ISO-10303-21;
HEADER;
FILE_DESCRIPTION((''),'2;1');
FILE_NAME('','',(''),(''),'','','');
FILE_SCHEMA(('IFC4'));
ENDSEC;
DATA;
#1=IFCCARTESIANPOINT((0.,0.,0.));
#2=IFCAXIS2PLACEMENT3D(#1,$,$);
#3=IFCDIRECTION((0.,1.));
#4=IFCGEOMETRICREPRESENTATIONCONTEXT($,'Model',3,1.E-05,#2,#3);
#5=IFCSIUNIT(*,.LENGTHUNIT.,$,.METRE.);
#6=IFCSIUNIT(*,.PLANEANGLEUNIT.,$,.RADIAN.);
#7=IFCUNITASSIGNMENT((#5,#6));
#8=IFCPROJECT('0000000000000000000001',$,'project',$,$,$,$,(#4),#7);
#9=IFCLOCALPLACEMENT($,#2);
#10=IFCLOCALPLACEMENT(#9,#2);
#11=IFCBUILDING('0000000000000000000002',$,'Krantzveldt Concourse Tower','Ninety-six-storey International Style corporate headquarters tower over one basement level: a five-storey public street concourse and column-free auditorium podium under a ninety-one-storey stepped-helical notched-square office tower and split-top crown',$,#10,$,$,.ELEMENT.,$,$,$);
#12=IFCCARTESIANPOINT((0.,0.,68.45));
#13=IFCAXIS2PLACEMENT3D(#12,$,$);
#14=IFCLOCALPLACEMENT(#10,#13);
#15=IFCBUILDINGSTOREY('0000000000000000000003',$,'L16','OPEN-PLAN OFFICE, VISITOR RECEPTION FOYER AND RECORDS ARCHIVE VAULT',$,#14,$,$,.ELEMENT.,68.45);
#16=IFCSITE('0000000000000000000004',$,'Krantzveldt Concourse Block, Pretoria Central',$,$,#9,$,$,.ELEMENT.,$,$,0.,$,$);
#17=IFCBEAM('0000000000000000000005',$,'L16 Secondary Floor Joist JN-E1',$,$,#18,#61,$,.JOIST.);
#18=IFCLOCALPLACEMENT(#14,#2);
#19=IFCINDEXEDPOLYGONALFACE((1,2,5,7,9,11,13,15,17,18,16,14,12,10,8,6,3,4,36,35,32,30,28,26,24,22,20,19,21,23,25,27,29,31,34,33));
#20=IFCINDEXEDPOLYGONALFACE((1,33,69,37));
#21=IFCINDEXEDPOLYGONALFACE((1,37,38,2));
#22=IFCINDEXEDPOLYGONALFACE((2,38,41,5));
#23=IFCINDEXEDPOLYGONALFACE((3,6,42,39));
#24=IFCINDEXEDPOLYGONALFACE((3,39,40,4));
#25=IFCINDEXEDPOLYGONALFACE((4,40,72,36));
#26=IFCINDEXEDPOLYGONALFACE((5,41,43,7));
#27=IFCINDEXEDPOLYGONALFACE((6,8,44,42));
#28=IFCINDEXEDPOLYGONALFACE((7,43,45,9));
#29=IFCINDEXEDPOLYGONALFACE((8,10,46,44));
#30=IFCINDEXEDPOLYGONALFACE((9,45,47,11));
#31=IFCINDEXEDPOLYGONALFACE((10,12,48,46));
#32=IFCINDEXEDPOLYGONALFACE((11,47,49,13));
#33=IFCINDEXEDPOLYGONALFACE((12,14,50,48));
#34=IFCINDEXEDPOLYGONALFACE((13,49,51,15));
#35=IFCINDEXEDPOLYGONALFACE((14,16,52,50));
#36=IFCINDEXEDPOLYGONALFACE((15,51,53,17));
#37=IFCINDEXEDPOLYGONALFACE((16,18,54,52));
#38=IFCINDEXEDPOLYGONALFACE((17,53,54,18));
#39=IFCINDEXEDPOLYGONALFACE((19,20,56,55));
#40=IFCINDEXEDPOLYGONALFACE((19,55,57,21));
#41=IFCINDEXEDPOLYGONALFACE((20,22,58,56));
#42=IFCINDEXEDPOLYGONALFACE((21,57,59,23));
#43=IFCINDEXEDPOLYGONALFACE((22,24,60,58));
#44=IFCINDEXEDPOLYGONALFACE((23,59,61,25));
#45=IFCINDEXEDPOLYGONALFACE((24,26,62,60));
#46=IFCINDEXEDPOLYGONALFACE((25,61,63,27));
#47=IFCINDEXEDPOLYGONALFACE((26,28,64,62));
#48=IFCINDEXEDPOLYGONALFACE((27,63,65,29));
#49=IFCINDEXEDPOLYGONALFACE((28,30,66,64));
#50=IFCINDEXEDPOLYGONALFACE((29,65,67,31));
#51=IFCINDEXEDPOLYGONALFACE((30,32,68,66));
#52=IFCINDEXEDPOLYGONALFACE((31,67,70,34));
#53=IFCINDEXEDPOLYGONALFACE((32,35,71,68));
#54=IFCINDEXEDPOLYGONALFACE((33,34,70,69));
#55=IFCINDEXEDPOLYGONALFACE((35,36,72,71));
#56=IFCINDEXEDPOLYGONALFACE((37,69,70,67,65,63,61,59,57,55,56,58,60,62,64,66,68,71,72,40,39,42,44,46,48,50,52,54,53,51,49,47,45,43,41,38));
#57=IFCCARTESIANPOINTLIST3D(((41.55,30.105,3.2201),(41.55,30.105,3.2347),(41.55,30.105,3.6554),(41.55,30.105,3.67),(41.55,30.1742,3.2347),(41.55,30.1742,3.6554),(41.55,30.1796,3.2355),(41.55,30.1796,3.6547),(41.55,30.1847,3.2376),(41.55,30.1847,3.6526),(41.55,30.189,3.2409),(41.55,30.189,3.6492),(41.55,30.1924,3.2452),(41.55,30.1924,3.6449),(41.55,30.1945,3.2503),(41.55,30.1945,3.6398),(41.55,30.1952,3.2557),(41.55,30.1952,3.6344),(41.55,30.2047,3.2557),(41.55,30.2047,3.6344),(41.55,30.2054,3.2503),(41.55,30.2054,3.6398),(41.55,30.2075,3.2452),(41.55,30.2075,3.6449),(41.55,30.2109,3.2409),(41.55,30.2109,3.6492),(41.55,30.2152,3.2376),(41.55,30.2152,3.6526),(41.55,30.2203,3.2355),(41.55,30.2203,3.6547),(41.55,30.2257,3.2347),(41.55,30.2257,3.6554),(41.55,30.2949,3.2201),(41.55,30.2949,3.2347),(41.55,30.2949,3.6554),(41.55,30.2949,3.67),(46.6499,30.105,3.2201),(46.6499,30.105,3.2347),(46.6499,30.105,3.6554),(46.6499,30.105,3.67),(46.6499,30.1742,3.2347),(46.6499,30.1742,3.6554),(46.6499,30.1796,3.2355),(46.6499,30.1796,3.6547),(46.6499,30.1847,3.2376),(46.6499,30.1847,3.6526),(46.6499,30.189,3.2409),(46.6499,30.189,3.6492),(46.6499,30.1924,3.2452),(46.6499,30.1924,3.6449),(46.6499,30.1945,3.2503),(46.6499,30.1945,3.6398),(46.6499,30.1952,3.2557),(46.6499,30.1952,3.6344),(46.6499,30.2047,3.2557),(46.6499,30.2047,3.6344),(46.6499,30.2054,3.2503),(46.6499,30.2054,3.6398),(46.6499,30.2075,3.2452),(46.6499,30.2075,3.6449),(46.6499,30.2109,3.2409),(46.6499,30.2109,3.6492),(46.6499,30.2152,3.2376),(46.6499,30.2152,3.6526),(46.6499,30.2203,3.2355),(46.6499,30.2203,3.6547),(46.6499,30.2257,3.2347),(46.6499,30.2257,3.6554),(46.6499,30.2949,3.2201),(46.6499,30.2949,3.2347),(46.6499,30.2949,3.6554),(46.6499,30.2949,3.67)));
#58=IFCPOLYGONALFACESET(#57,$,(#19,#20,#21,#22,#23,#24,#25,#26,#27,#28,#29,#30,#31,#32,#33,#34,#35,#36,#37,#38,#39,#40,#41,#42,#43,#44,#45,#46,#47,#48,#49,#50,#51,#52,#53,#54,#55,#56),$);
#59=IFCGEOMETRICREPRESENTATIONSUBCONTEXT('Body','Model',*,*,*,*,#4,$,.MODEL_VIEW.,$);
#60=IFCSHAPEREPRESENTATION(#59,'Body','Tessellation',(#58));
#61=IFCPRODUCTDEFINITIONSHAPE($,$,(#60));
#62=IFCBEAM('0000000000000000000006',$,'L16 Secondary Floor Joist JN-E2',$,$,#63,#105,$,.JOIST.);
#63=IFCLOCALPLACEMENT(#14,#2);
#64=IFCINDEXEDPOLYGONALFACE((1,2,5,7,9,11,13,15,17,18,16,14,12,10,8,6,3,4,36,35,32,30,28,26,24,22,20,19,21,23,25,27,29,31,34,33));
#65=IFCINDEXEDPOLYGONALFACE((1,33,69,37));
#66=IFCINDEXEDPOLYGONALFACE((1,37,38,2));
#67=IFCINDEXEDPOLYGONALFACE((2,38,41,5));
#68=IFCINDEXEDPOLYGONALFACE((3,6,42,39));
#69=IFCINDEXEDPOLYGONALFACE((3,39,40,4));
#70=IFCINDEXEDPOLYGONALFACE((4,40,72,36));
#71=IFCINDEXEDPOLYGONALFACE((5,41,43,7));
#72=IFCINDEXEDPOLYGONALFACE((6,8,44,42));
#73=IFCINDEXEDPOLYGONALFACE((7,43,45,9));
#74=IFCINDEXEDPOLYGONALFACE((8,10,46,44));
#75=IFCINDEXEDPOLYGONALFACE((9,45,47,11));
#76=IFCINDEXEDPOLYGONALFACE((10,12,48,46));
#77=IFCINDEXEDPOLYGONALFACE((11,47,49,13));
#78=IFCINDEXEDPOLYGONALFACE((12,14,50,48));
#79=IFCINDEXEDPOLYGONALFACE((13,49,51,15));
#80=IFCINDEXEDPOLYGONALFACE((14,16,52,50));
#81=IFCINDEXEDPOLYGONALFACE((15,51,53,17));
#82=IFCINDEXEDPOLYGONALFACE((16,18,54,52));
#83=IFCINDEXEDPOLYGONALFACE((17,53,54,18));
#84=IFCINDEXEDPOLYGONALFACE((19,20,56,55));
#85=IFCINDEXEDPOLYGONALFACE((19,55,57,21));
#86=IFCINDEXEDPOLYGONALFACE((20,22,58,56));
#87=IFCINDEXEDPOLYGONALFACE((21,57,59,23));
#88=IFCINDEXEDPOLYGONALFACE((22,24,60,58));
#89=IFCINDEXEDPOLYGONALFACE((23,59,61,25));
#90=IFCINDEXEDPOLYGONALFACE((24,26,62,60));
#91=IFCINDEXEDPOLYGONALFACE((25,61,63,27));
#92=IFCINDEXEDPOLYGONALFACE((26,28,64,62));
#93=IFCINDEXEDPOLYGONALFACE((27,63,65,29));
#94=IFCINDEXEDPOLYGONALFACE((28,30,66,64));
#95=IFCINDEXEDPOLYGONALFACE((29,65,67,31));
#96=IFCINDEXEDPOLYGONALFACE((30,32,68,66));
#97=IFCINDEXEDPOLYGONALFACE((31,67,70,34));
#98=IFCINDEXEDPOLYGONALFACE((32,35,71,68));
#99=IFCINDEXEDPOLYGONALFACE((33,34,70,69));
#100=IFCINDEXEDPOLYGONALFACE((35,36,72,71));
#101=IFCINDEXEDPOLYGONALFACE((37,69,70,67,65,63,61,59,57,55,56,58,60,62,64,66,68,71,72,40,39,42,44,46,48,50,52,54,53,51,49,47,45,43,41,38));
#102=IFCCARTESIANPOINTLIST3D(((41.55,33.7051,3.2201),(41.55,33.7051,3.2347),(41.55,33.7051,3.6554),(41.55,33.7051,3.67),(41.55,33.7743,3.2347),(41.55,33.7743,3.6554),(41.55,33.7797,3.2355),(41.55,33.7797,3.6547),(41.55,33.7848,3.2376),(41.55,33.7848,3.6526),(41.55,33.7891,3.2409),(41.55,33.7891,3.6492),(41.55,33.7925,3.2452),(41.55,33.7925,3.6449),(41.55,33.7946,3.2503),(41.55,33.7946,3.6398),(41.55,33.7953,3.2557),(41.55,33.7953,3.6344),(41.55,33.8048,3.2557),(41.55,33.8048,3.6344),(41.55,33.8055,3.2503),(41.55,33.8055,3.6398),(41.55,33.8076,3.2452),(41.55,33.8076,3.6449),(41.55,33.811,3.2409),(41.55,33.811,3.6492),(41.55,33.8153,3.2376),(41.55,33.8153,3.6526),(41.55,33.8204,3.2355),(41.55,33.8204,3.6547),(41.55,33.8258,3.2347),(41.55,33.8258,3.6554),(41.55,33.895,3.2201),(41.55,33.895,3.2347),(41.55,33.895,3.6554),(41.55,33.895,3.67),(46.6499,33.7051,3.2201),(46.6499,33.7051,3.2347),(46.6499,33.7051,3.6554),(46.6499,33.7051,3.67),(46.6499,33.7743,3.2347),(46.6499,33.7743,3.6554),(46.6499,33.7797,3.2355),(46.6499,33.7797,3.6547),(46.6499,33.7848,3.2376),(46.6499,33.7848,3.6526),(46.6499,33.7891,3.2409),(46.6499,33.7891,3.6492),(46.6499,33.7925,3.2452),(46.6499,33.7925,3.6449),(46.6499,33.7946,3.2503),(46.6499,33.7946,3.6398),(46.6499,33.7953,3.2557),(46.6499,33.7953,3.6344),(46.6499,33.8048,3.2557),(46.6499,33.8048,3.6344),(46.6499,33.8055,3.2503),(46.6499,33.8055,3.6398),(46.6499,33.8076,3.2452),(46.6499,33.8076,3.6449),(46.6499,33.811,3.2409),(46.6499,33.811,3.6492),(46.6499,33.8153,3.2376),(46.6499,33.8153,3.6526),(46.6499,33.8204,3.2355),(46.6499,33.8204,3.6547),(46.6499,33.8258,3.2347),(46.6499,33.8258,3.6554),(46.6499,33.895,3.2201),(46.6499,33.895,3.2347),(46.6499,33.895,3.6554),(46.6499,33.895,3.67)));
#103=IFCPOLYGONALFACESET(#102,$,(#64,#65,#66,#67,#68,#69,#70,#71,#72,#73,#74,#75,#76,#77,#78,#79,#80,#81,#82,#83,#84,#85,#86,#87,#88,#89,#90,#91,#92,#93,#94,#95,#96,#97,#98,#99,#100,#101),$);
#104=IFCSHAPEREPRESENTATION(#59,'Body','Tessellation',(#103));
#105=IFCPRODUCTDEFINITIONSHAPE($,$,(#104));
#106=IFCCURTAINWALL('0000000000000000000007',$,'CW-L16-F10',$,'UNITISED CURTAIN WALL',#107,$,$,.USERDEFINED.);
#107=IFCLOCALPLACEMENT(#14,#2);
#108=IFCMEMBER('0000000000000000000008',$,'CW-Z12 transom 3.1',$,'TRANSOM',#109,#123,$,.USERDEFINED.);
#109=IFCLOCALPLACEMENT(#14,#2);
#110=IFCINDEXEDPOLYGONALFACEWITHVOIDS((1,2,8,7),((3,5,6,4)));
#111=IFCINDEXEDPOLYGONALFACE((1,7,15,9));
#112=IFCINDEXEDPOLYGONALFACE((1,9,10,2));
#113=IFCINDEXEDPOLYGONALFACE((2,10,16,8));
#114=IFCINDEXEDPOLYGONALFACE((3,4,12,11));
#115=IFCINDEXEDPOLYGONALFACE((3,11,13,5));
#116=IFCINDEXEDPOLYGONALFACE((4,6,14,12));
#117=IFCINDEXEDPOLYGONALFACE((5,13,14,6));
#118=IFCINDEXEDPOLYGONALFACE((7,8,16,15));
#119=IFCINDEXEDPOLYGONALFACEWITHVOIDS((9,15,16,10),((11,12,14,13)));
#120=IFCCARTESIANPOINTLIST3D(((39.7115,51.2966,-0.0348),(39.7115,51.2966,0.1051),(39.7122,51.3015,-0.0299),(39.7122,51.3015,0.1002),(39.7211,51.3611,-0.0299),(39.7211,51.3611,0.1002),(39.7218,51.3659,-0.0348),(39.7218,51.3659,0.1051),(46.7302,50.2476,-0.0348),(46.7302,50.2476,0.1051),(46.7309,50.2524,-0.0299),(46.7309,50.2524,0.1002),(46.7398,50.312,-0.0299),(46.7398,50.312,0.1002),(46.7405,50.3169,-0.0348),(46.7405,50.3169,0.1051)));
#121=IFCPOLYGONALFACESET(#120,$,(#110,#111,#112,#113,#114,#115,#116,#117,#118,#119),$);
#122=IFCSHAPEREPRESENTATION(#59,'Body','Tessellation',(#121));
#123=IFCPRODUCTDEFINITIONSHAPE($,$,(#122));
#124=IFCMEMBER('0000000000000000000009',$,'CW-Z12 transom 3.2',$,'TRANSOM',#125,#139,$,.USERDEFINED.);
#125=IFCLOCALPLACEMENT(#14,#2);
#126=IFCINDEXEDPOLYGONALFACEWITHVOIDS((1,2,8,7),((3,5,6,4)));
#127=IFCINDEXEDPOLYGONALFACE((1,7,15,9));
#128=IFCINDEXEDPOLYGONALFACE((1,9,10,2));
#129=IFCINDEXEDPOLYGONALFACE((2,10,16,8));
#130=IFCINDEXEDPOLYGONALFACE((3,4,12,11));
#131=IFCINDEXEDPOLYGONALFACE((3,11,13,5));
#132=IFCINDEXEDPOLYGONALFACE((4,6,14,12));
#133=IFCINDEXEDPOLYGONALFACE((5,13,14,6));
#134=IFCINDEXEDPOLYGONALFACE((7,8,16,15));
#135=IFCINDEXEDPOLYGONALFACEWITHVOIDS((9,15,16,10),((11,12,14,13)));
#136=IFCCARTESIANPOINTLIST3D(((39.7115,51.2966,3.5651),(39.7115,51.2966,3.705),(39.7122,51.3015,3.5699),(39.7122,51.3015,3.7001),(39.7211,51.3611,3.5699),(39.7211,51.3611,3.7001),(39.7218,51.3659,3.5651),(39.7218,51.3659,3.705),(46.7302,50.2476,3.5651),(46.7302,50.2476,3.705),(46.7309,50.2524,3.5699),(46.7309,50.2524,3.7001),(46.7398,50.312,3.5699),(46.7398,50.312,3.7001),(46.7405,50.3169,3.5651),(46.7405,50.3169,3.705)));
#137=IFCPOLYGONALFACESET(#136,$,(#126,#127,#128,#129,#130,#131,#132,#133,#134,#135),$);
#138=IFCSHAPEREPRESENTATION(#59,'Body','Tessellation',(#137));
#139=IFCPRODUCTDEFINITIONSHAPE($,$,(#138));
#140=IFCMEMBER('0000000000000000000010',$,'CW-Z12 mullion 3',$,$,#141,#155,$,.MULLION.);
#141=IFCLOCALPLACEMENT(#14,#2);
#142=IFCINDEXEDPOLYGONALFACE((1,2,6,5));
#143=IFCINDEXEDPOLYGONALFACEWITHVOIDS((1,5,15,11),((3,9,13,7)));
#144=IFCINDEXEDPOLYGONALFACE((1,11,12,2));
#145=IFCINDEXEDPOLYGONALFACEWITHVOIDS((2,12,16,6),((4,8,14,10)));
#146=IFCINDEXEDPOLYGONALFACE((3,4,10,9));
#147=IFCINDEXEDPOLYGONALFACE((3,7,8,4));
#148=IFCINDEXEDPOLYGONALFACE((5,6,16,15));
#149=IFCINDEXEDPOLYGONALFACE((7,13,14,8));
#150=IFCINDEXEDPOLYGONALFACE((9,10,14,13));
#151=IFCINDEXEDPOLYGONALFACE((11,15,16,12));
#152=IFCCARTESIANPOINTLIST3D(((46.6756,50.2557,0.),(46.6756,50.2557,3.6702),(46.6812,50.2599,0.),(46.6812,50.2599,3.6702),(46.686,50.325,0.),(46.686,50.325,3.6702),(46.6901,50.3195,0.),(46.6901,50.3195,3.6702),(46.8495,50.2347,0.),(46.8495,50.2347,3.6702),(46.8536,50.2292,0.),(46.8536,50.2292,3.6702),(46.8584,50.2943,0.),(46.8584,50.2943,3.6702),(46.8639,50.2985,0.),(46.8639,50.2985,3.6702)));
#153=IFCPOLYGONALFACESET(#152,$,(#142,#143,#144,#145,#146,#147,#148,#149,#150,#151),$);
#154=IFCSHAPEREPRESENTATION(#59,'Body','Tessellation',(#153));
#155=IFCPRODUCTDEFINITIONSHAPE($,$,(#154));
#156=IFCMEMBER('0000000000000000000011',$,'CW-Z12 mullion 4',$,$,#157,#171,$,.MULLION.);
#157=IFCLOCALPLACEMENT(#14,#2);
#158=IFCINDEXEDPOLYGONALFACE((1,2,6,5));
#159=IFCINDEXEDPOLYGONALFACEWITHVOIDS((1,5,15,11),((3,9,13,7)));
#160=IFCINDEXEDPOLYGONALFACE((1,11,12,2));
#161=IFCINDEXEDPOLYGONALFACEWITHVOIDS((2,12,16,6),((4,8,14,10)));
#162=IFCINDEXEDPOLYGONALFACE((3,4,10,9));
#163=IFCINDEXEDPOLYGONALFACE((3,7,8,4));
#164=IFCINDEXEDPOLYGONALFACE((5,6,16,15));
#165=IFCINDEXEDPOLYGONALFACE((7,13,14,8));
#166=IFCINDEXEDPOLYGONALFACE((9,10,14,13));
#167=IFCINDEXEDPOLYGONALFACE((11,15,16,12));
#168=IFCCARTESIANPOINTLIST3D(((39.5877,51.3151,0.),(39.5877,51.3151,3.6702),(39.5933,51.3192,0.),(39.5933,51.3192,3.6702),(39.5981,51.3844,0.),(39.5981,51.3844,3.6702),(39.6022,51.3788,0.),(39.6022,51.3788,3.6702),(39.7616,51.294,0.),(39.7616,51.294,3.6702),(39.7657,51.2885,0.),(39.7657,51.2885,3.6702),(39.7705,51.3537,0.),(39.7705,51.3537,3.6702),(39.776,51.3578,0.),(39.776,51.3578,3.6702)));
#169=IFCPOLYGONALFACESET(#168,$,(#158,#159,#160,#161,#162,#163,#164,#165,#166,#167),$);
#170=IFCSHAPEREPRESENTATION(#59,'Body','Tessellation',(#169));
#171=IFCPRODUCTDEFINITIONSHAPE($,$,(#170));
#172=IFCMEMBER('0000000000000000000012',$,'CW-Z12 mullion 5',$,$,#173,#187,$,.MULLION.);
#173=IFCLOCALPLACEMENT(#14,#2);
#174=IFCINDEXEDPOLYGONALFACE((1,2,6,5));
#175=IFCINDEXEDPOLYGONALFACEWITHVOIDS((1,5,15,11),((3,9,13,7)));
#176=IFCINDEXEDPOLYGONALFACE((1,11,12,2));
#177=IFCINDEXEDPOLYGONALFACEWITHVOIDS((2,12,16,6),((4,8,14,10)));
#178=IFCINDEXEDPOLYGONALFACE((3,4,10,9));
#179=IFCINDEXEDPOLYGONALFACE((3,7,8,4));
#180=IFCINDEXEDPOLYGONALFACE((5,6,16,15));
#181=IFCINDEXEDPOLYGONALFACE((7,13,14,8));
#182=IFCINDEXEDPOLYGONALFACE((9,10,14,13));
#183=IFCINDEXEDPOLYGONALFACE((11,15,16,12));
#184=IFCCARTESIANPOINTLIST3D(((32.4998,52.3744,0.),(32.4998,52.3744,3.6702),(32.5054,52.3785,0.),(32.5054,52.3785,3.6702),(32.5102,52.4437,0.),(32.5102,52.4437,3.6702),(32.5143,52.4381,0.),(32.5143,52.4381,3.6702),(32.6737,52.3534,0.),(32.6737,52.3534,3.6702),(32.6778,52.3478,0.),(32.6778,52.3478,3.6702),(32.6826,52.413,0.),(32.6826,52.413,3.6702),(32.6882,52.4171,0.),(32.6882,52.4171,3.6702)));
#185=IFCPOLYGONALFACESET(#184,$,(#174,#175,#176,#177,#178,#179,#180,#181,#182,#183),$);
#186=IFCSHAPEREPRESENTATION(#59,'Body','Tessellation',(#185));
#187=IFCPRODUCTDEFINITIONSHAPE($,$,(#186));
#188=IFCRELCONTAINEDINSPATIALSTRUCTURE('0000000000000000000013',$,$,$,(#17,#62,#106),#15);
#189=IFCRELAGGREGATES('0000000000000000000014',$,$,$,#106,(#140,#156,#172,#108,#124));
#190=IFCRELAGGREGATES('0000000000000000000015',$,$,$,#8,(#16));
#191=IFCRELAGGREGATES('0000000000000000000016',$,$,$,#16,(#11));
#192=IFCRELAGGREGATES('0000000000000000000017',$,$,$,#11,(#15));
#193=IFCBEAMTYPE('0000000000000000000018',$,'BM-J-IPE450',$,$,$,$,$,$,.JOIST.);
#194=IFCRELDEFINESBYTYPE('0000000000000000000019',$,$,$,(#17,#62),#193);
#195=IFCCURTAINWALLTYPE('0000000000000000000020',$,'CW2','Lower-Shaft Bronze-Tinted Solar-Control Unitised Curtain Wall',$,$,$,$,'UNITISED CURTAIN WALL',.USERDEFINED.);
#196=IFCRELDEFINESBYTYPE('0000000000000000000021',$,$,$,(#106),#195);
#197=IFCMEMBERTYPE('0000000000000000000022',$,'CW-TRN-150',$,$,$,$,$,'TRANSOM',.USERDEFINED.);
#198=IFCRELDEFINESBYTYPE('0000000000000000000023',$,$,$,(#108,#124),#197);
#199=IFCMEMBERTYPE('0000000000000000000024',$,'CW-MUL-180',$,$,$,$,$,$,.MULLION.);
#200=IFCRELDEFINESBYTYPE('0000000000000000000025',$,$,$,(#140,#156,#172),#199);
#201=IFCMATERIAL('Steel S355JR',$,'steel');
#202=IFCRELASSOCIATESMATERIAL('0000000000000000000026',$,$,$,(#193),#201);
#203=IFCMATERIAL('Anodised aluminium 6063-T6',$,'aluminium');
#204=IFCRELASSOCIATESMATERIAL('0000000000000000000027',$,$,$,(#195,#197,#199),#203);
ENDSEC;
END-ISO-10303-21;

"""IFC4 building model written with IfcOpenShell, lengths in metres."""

from ifc_helpers import new_model, si_unit, direction, frame, origin, origin_2d, place, context, subcontext, project, spatial, hollow_rectangle, i_section, extrude, source, transform, mapped, material, material_profile, profile_set, type_object, type_shapes, element, aggregate, save


model = new_model("IFC4")

# Units and contexts
model_context = context("Model", 3, precision=1e-05, world=origin(), true_north=direction((0.0, 1.0)))
body_context = subcontext(model_context, "Body", "Model", "MODEL_VIEW")
ifc_project = project(units=[si_unit("LENGTHUNIT", "METRE"), si_unit("PLANEANGLEUNIT", "RADIAN")], contexts=[model_context])

# Site, building, storey
site_placement = place(None, origin())
site = spatial("IfcSite", under=ifc_project, at=site_placement, Name="Krantzveldt Concourse Block, Pretoria Central", CompositionType="ELEMENT", RefElevation=0.0)
building_placement = place(site_placement, origin())
building = spatial("IfcBuilding", under=site, at=building_placement, Name="Krantzveldt Concourse Tower", Description="Ninety-six-storey International Style corporate headquarters tower over one basement level: a five-storey public street concourse and column-free auditorium podium under a ninety-one-storey stepped-helical notched-square office tower and split-top crown", CompositionType="ELEMENT")
storey_placement = place(building_placement, frame((0.0, 0.0, 68.45)))
storey = spatial("IfcBuildingStorey", under=building, at=storey_placement, Name="L16", Description="OPEN-PLAN OFFICE, VISITOR RECEPTION FOYER AND RECORDS ARCHIVE VAULT", CompositionType="ELEMENT", Elevation=68.45)

# Beams
ifc_material_1 = material(Name="Steel S355JR", Category="steel")
ifc_material_profile_1 = material_profile(ifc_material_1, i_section(OverallWidth=0.1899, OverallDepth=0.45, WebThickness=0.0095, FlangeThickness=0.0146, FilletRadius=0.021, at=origin_2d()), Name="Steel S355JR", Category="steel")
ifc_profile_set_1 = profile_set([ifc_material_profile_1], Name="Steel S355JR - IPE 450")
beam_type_1 = type_object("IfcBeamType", Name="BM-J-IPE450", PredefinedType="JOIST", material=ifc_profile_set_1)
shared_shape_1 = source(origin(), body_context, "Body", "SweptSolid", [
    extrude(i_section(OverallWidth=0.1899, OverallDepth=0.45, WebThickness=0.0095, FlangeThickness=0.0146, FilletRadius=0.021, at=origin_2d()), origin(), (0.0, 0.0, 1.0), 5.0999),
])
type_shapes(beam_type_1, [shared_shape_1])
for number, where, z_axis, x_axis, name in (
    (1, (41.55, 30.2, 3.4451), (1.0, 0.0, 0.0), (0.0, 1.0, 0.0), "L16 Secondary Floor Joist JN-E1"),
    (2, (41.55, 33.8, 3.4451), (1.0, 0.0, 0.0), (0.0, 1.0, 0.0), "L16 Secondary Floor Joist JN-E2"),
):
    element("IfcBeam", number, at=place(storey_placement, frame(where, z_axis=z_axis, x_axis=x_axis)), inside=storey, type_object=beam_type_1, Name=name, PredefinedType="JOIST", context=body_context, shape_type="MappedRepresentation", body=[
        mapped(shared_shape_1, transform((0.0, 0.0, 0.0), x_axis=(1.0, 0.0, 0.0), y_axis=(0.0, 1.0, 0.0), z_axis=(0.0, 0.0, 1.0), scale=1.0)),
    ])

# Curtain wall, members
ifc_material_2 = material(Name="Anodised aluminium 6063-T6", Category="aluminium")
curtain_wall_type = type_object("IfcCurtainWallType", Name="CW2", Description="Lower-Shaft Bronze-Tinted Solar-Control Unitised Curtain Wall", ElementType="UNITISED CURTAIN WALL", PredefinedType="USERDEFINED", material=ifc_material_2)
curtain_wall_placement = place(storey_placement, origin())
curtain_wall = element("IfcCurtainWall", 3, at=curtain_wall_placement, inside=storey, type_object=curtain_wall_type, Name="CW-L16-F10", ObjectType="UNITISED CURTAIN WALL", PredefinedType="USERDEFINED")
ifc_material_profile_2 = material_profile(ifc_material_2, hollow_rectangle(XDim=0.0701, YDim=0.1399, WallThickness=0.0049, at=origin_2d()), Name="Anodised aluminium 6063-T6", Category="aluminium")
ifc_profile_set_2 = profile_set([ifc_material_profile_2], Name="Anodised aluminium 6063-T6 - ALU-TRAN 140x70x5")
member_type_1 = type_object("IfcMemberType", Name="CW-TRN-150", ElementType="TRANSOM", PredefinedType="USERDEFINED", material=ifc_profile_set_2)
shared_shape_2 = source(origin(), body_context, "Body", "SweptSolid", [
    extrude(hollow_rectangle(XDim=0.0701, YDim=0.1399, WallThickness=0.0049, at=origin_2d()), origin(), (0.0, 0.0, 1.0), 7.0967),
])
member_1_placement = place(storey_placement, frame((46.7354, 50.2822, 0.0352), z_axis=(-0.989014, 0.147824, 0.0), x_axis=(-0.147824, -0.989014, 0.0)))
member_1 = element("IfcMember", 4, at=member_1_placement, type_object=member_type_1, Name="CW-Z12 transom 3.1", ObjectType="TRANSOM", PredefinedType="USERDEFINED", context=body_context, shape_type="MappedRepresentation", body=[
    mapped(shared_shape_2, transform((0.0, 0.0, 0.0), x_axis=(1.0, 0.0, 0.0), y_axis=(0.0, 1.0, 0.0), z_axis=(0.0, 0.0, 1.0), scale=1.0)),
])
member_2_placement = place(storey_placement, frame((46.7354, 50.2822, 3.635), z_axis=(-0.989014, 0.147824, 0.0), x_axis=(-0.147824, -0.989014, 0.0)))
member_2 = element("IfcMember", 5, at=member_2_placement, type_object=member_type_1, Name="CW-Z12 transom 3.2", ObjectType="TRANSOM", PredefinedType="USERDEFINED", context=body_context, shape_type="MappedRepresentation", body=[
    mapped(shared_shape_2, transform((0.0, 0.0, 0.0), x_axis=(1.0, 0.0, 0.0), y_axis=(0.0, 1.0, 0.0), z_axis=(0.0, 0.0, 1.0), scale=1.0)),
])
ifc_material_profile_3 = material_profile(ifc_material_2, hollow_rectangle(XDim=0.0701, YDim=0.1799, WallThickness=0.0049, at=origin_2d()), Name="Anodised aluminium 6063-T6", Category="aluminium")
ifc_profile_set_3 = profile_set([ifc_material_profile_3], Name="Anodised aluminium 6063-T6 - ALU-MULL 180x70x5")
member_type_2 = type_object("IfcMemberType", Name="CW-MUL-180", PredefinedType="MULLION", material=ifc_profile_set_3)
shared_shape_3 = source(origin(), body_context, "Body", "SweptSolid", [
    extrude(hollow_rectangle(XDim=0.0701, YDim=0.1799, WallThickness=0.0049, at=origin_2d()), origin(), (0.0, 0.0, 1.0), 3.6702),
])
type_shapes(member_type_2, [shared_shape_3])
member_3_placement = place(storey_placement, frame((46.7698, 50.2771, 0.0), z_axis=(0.0, 0.0, 1.0), x_axis=(-0.14781, -0.989016, 0.0)))
member_3 = element("IfcMember", 6, at=member_3_placement, type_object=member_type_2, Name="CW-Z12 mullion 3", PredefinedType="MULLION", context=body_context, shape_type="MappedRepresentation", body=[
    mapped(shared_shape_3, transform((0.0, 0.0, 0.0), x_axis=(1.0, 0.0, 0.0), y_axis=(0.0, 1.0, 0.0), z_axis=(0.0, 0.0, 1.0), scale=1.0)),
])
member_4_placement = place(storey_placement, frame((39.6819, 51.3364, 0.0), z_axis=(0.0, 0.0, 1.0), x_axis=(-0.14781, -0.989016, 0.0)))
member_4 = element("IfcMember", 7, at=member_4_placement, type_object=member_type_2, Name="CW-Z12 mullion 4", PredefinedType="MULLION", context=body_context, shape_type="MappedRepresentation", body=[
    mapped(shared_shape_3, transform((0.0, 0.0, 0.0), x_axis=(1.0, 0.0, 0.0), y_axis=(0.0, 1.0, 0.0), z_axis=(0.0, 0.0, 1.0), scale=1.0)),
])
member_5_placement = place(storey_placement, frame((32.594, 52.3958, 0.0), z_axis=(0.0, 0.0, 1.0), x_axis=(-0.14781, -0.989016, 0.0)))
member_5 = element("IfcMember", 8, at=member_5_placement, type_object=member_type_2, Name="CW-Z12 mullion 5", PredefinedType="MULLION", context=body_context, shape_type="MappedRepresentation", body=[
    mapped(shared_shape_3, transform((0.0, 0.0, 0.0), x_axis=(1.0, 0.0, 0.0), y_axis=(0.0, 1.0, 0.0), z_axis=(0.0, 0.0, 1.0), scale=1.0)),
])
aggregate(curtain_wall, [member_3, member_4, member_5, member_1, member_2])

save(model, "model.ifc")
